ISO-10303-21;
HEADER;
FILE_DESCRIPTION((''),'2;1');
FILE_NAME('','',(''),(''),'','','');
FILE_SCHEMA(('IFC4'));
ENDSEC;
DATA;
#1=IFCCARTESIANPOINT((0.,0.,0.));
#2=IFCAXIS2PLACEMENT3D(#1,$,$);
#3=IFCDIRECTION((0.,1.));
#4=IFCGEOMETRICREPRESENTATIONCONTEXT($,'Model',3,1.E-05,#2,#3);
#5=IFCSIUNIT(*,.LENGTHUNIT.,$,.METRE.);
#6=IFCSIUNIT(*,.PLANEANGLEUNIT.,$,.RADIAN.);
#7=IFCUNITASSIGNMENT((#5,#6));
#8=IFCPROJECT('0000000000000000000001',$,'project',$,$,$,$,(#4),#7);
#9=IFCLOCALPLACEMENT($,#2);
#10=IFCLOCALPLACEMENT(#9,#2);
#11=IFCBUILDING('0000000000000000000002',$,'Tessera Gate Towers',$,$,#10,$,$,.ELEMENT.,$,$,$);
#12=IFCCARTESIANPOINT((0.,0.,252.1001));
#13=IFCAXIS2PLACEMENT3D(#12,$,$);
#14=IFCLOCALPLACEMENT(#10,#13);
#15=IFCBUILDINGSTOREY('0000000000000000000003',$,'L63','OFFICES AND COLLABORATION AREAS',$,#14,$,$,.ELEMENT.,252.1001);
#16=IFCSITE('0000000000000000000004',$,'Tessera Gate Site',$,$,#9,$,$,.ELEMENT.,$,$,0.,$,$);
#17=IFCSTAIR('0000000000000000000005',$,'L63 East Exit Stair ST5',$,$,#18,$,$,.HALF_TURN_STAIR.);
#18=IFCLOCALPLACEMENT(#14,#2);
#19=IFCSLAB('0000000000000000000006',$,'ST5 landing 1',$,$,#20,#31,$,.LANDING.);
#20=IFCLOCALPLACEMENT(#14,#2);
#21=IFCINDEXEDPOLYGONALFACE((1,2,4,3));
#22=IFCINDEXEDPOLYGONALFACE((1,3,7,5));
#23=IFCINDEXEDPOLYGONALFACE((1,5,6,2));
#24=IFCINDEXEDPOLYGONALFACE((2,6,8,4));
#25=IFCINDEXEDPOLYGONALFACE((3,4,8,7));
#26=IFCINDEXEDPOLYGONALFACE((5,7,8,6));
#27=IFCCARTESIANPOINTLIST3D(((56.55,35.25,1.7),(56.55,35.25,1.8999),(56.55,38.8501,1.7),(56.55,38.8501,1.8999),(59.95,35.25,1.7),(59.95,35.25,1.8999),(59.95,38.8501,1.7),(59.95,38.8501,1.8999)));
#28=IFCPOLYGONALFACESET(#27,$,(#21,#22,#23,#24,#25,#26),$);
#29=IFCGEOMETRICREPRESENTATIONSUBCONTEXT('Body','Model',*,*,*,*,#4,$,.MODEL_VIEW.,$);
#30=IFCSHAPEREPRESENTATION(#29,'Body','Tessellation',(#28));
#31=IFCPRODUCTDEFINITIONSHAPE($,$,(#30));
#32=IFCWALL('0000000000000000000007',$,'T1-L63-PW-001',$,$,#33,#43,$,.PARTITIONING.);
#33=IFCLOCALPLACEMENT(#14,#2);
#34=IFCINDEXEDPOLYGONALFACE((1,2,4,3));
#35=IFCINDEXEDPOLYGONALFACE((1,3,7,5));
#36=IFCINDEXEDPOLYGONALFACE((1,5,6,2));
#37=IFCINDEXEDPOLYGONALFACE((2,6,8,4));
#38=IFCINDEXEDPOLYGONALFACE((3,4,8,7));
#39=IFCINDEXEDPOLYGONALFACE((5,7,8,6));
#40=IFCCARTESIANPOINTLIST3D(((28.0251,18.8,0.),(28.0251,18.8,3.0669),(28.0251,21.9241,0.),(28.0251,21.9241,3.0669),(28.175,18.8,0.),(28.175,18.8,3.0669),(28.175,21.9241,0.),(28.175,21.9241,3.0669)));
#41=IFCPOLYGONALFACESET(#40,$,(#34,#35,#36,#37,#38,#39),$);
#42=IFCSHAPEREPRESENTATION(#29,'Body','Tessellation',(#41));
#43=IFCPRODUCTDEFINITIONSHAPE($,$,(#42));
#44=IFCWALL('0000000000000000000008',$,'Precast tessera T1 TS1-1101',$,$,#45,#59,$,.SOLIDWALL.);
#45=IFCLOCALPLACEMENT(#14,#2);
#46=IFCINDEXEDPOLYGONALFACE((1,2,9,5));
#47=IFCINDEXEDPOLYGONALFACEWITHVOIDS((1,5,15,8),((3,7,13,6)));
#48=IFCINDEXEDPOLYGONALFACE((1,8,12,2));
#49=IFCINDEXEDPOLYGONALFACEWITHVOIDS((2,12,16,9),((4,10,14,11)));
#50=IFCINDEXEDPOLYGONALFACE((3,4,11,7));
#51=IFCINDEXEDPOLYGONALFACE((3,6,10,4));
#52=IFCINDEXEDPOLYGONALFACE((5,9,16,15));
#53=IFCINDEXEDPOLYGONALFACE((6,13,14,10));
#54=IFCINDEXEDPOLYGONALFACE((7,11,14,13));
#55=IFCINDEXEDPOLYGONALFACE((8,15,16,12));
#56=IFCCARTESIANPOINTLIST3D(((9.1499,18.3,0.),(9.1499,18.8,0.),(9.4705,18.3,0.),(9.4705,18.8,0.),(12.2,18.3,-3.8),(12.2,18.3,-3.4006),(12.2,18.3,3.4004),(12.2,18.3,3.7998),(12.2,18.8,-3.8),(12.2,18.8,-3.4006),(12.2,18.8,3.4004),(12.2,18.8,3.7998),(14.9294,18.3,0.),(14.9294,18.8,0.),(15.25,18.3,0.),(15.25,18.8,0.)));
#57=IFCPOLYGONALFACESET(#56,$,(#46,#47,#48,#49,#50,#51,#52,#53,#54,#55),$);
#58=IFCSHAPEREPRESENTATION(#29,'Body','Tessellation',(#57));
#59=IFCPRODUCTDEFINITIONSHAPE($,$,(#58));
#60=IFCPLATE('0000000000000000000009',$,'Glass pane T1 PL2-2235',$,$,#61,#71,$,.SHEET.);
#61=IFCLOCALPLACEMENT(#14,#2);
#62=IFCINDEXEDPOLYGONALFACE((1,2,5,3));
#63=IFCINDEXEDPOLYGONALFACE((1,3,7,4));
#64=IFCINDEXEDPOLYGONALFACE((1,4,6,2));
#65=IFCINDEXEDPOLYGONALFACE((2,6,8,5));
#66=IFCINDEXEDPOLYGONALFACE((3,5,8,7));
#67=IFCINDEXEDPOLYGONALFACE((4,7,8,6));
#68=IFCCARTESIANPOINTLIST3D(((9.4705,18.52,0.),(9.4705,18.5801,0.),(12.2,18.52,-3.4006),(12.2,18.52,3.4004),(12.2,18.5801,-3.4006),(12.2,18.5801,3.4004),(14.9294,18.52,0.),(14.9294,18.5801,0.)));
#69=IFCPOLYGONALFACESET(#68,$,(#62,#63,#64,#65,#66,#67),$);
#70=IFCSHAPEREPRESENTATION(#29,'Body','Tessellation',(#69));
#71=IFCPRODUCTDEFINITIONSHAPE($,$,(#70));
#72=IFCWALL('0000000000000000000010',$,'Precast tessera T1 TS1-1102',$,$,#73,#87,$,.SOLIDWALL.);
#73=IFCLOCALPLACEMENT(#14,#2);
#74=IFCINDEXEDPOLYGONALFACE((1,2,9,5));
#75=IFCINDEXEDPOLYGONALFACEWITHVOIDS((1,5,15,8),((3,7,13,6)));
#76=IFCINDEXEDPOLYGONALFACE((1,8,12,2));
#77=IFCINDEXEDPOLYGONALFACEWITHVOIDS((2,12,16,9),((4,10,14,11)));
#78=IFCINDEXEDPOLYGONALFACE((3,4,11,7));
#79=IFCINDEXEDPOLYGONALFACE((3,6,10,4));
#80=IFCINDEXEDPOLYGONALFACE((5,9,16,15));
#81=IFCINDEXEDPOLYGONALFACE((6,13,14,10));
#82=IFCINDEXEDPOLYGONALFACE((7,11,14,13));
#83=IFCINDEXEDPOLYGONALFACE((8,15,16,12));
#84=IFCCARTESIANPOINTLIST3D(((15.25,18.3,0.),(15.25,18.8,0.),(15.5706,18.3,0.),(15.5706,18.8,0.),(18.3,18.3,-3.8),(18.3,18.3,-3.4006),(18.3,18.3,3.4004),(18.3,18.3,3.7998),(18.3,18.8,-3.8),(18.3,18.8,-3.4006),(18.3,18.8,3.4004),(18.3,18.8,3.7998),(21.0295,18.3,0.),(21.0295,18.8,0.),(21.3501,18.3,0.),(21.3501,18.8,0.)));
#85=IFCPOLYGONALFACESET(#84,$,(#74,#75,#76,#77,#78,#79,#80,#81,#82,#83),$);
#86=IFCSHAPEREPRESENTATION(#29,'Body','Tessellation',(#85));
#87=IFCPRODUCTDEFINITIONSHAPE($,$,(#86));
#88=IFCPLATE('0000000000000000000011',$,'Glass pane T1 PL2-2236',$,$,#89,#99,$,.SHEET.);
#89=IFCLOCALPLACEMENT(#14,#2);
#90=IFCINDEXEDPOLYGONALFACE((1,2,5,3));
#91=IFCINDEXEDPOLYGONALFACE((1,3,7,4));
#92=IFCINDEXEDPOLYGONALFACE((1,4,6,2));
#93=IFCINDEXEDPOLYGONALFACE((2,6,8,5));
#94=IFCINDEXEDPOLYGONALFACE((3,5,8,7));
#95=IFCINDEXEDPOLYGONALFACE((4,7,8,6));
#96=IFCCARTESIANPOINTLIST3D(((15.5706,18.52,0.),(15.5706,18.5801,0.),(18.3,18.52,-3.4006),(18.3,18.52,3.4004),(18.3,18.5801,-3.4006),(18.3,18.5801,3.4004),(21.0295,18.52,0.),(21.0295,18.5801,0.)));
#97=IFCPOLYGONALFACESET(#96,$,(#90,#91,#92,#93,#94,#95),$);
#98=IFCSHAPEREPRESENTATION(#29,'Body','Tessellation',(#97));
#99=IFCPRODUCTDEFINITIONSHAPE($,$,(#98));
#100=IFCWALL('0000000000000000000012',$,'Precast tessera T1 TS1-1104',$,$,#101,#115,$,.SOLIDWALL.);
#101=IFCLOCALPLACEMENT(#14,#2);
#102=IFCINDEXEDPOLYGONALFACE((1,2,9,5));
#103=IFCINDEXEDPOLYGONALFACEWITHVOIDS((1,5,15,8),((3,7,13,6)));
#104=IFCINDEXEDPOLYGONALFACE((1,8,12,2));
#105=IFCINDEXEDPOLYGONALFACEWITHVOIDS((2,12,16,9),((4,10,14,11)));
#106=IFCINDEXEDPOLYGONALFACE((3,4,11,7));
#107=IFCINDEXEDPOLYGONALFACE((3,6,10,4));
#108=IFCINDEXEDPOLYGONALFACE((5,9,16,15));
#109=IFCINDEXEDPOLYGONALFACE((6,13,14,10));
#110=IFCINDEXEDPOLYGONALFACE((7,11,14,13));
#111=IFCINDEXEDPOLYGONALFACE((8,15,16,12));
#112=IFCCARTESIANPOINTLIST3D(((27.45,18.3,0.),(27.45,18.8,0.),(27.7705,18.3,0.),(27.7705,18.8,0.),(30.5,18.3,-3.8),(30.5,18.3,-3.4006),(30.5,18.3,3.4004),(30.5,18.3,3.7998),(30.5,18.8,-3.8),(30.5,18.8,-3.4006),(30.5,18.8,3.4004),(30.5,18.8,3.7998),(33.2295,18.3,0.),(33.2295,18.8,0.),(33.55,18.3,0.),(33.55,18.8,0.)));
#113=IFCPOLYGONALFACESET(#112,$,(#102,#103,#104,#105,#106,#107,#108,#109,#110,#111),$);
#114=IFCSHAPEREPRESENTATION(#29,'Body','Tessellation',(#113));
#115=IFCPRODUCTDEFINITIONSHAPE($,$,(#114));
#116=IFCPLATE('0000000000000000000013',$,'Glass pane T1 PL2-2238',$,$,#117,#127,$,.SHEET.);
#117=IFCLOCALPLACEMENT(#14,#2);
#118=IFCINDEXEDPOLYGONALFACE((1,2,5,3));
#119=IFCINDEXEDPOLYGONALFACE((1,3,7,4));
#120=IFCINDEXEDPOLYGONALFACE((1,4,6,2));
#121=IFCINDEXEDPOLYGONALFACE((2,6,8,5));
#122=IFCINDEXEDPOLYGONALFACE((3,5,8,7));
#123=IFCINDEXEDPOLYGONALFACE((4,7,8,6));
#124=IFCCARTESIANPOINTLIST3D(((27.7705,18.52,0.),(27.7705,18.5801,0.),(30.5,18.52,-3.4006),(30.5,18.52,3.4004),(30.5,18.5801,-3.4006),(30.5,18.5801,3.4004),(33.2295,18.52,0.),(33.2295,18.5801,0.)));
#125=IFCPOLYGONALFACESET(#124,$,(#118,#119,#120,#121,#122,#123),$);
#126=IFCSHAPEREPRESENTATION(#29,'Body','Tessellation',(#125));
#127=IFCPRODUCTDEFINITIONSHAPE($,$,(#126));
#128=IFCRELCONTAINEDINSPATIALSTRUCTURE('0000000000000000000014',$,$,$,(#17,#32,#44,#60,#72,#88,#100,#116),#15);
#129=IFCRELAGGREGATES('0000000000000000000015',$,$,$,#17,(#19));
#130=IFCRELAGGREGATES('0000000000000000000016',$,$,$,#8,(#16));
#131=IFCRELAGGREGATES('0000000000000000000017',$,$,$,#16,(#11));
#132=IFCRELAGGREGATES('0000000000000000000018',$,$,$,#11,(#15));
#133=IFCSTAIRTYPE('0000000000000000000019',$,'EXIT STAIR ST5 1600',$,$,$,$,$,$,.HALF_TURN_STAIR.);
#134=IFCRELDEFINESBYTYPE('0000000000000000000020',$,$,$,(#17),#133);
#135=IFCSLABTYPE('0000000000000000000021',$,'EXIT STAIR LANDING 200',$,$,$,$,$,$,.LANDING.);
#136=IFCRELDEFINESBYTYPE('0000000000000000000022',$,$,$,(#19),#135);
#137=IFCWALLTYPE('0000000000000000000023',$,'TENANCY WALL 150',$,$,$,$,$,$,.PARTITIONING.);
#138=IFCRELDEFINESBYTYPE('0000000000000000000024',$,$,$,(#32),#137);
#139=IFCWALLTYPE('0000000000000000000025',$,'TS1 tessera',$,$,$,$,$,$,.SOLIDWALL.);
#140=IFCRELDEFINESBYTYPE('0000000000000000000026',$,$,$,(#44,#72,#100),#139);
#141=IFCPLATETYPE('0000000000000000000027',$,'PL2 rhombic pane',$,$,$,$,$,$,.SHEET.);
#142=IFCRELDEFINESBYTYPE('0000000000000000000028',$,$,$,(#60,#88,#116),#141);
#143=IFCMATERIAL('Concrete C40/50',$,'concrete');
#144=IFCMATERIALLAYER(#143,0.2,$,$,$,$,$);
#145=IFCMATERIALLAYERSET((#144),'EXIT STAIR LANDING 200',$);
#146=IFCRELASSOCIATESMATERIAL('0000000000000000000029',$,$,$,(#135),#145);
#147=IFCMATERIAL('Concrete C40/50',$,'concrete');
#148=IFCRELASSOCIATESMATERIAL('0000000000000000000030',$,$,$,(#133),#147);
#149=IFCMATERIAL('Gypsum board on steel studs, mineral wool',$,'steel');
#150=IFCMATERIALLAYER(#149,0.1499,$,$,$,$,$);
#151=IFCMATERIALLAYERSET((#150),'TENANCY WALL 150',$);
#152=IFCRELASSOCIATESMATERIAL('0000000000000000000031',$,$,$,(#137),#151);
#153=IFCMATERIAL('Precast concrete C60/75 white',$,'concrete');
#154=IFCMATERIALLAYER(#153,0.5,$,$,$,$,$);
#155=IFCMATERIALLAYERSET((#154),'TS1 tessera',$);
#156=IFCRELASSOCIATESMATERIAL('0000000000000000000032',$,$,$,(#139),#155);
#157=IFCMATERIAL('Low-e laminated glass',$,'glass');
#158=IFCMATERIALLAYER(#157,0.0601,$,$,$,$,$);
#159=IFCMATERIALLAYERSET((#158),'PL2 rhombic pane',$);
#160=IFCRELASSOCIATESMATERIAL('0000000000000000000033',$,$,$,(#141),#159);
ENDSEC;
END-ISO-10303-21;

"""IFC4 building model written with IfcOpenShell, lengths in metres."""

from ifc_helpers import new_model, si_unit, direction, frame, frame_2d, origin, place, context, subcontext, project, spatial, polyline, rectangle, outline, extrude, source, transform, mapped, material, layer, layer_set, type_object, element, fill, aggregate, save


model = new_model("IFC4")

# Units and contexts
model_context = context("Model", 3, precision=1e-05, world=origin(), true_north=direction((0.0, 1.0)))
body_context = subcontext(model_context, "Body", "Model", "MODEL_VIEW")
ifc_project = project(units=[si_unit("LENGTHUNIT", "METRE"), si_unit("PLANEANGLEUNIT", "RADIAN")], contexts=[model_context])

# Site, building, storey
site_placement = place(None, origin())
site = spatial("IfcSite", under=ifc_project, at=site_placement, Name="Tessera Gate Site", CompositionType="ELEMENT", RefElevation=0.0)
building_placement = place(site_placement, origin())
building = spatial("IfcBuilding", under=site, at=building_placement, Name="Tessera Gate Towers", CompositionType="ELEMENT")
storey_placement = place(building_placement, frame((0.0, 0.0, 252.1001)))
storey = spatial("IfcBuildingStorey", under=building, at=storey_placement, Name="L63", Description="OFFICES AND COLLABORATION AREAS", CompositionType="ELEMENT", Elevation=252.1001)

# Stair, slab
ifc_material_1 = material(Name="Concrete C40/50", Category="concrete")
ifc_layer_1 = layer(ifc_material_1, 0.2)
ifc_layer_set_1 = layer_set([ifc_layer_1], Name="EXIT STAIR LANDING 200")
slab_type_1 = type_object("IfcSlabType", Name="EXIT STAIR LANDING 200", PredefinedType="LANDING", material=ifc_layer_set_1)
ifc_material_2 = material(Name="Concrete C40/50", Category="concrete")
stair_type_1 = type_object("IfcStairType", Name="EXIT STAIR ST5 1600", PredefinedType="HALF_TURN_STAIR", material=ifc_material_2)
stair_1_placement = place(storey_placement, origin())
stair_1 = element("IfcStair", 1, at=stair_1_placement, inside=storey, type_object=stair_type_1, Name="L63 East Exit Stair ST5", PredefinedType="HALF_TURN_STAIR")
slab_1_placement = place(storey_placement, frame((0.0, 0.0, 1.7)))
slab_1 = element("IfcSlab", 2, at=slab_1_placement, type_object=slab_type_1, Name="ST5 landing 1", PredefinedType="LANDING", context=body_context, shape_type="SweptSolid", body=[
    extrude(outline(polyline([(59.95, 35.25), (59.95, 38.8501), (56.55, 38.8501), (56.55, 35.25), (59.95, 35.25)])), origin(), (0.0, 0.0, 1.0), 0.2),
])
aggregate(stair_1, [slab_1])

# Wall
ifc_material_3 = material(Name="Gypsum board on steel studs, mineral wool", Category="steel")
ifc_layer_2 = layer(ifc_material_3, 0.1499)
ifc_layer_set_2 = layer_set([ifc_layer_2], Name="TENANCY WALL 150")
wall_type_1 = type_object("IfcWallType", Name="TENANCY WALL 150", PredefinedType="PARTITIONING", material=ifc_layer_set_2)
wall_1_placement = place(storey_placement, frame((28.1001, 18.8, 0.0), z_axis=(0.0, 0.0, 1.0), x_axis=(0.0, 1.0, 0.0)))
element("IfcWall", 3, at=wall_1_placement, inside=storey, type_object=wall_type_1, Name="T1-L63-PW-001", PredefinedType="PARTITIONING", context=body_context, shape_type="SweptSolid", body=[
    extrude(rectangle(XDim=3.124, YDim=0.1499, at=frame_2d((1.562, 0.0))), origin(), (0.0, 0.0, 1.0), 3.0669),
])

# Walls, openings, plates
ifc_material_4 = material(Name="Precast concrete C60/75 white", Category="concrete")
ifc_layer_3 = layer(ifc_material_4, 0.5)
ifc_layer_set_3 = layer_set([ifc_layer_3], Name="TS1 tessera")
wall_type_2 = type_object("IfcWallType", Name="TS1 tessera", PredefinedType="SOLIDWALL", material=ifc_layer_set_3)
shared_shape_1 = source(origin(), body_context, "Body", "SweptSolid", [
    extrude(outline(polyline([(3.05, 0.0), (6.1001, 3.8), (3.05, 7.5999), (0.0, 3.8), (3.05, 0.0)])), frame((0.0, 0.25, 0.0), z_axis=(0.0, -1.0, 0.0), x_axis=(1.0, 0.0, 0.0)), (0.0, 0.0, 1.0), 0.5),
])
wall_2_placement = place(storey_placement, frame((9.1499, 18.55, -3.8), z_axis=(0.0, 0.0, 1.0), x_axis=(1.0, 0.0, 0.0)))
wall_2 = element("IfcWall", 4, at=wall_2_placement, inside=storey, type_object=wall_type_2, Name="Precast tessera T1 TS1-1101", PredefinedType="SOLIDWALL", context=body_context, shape_type="MappedRepresentation", body=[
    mapped(shared_shape_1, transform((0.0, 0.0, 0.0), scale=1.0)),
])
shared_shape_2 = source(origin(), body_context, "Body", "SweptSolid", [
    extrude(outline(polyline([(3.05, 0.3994), (5.7795, 3.8), (3.05, 7.2004), (0.3206, 3.8), (3.05, 0.3994)])), frame((0.0, 0.26, 0.0), z_axis=(0.0, -1.0, 0.0), x_axis=(1.0, 0.0, 0.0)), (0.0, 0.0, 1.0), 0.52),
])
opening_1_placement = place(wall_2_placement, origin())
opening_1 = element("IfcOpeningElement", 5, at=opening_1_placement, cuts=wall_2, PredefinedType="OPENING", context=body_context, shape_type="MappedRepresentation", body=[
    mapped(shared_shape_2, transform((0.0, 0.0, 0.0), scale=1.0)),
])
ifc_material_5 = material(Name="Low-e laminated glass", Category="glass")
ifc_layer_4 = layer(ifc_material_5, 0.0601)
ifc_layer_set_4 = layer_set([ifc_layer_4], Name="PL2 rhombic pane")
plate_type = type_object("IfcPlateType", Name="PL2 rhombic pane", PredefinedType="SHEET", material=ifc_layer_set_4)
shared_shape_3 = source(origin(), body_context, "Body", "SweptSolid", [
    extrude(outline(polyline([(3.05, 0.3994), (5.7795, 3.8), (3.05, 7.2004), (0.3206, 3.8), (3.05, 0.3994)])), frame((0.0, 0.03, 0.0), z_axis=(0.0, -1.0, 0.0), x_axis=(1.0, 0.0, 0.0)), (0.0, 0.0, 1.0), 0.0601),
])
plate_1_placement = place(opening_1_placement, origin())
plate_1 = element("IfcPlate", 6, at=plate_1_placement, inside=storey, type_object=plate_type, Name="Glass pane T1 PL2-2235", PredefinedType="SHEET", context=body_context, shape_type="MappedRepresentation", body=[
    mapped(shared_shape_3, transform((0.0, 0.0, 0.0), scale=1.0)),
])
fill(opening_1, plate_1)
wall_3_placement = place(storey_placement, frame((15.25, 18.55, -3.8), z_axis=(0.0, 0.0, 1.0), x_axis=(1.0, 0.0, 0.0)))
wall_3 = element("IfcWall", 7, at=wall_3_placement, inside=storey, type_object=wall_type_2, Name="Precast tessera T1 TS1-1102", PredefinedType="SOLIDWALL", context=body_context, shape_type="MappedRepresentation", body=[
    mapped(shared_shape_1, transform((0.0, 0.0, 0.0), scale=1.0)),
])
opening_2_placement = place(wall_3_placement, origin())
opening_2 = element("IfcOpeningElement", 8, at=opening_2_placement, cuts=wall_3, PredefinedType="OPENING", context=body_context, shape_type="MappedRepresentation", body=[
    mapped(shared_shape_2, transform((0.0, 0.0, 0.0), scale=1.0)),
])
plate_2_placement = place(opening_2_placement, origin())
plate_2 = element("IfcPlate", 9, at=plate_2_placement, inside=storey, type_object=plate_type, Name="Glass pane T1 PL2-2236", PredefinedType="SHEET", context=body_context, shape_type="MappedRepresentation", body=[
    mapped(shared_shape_3, transform((0.0, 0.0, 0.0), scale=1.0)),
])
fill(opening_2, plate_2)
wall_4_placement = place(storey_placement, frame((27.45, 18.55, -3.8), z_axis=(0.0, 0.0, 1.0), x_axis=(1.0, 0.0, 0.0)))
wall_4 = element("IfcWall", 10, at=wall_4_placement, inside=storey, type_object=wall_type_2, Name="Precast tessera T1 TS1-1104", PredefinedType="SOLIDWALL", context=body_context, shape_type="MappedRepresentation", body=[
    mapped(shared_shape_1, transform((0.0, 0.0, 0.0), scale=1.0)),
])
opening_3_placement = place(wall_4_placement, origin())
opening_3 = element("IfcOpeningElement", 11, at=opening_3_placement, cuts=wall_4, PredefinedType="OPENING", context=body_context, shape_type="MappedRepresentation", body=[
    mapped(shared_shape_2, transform((0.0, 0.0, 0.0), scale=1.0)),
])
plate_3_placement = place(opening_3_placement, origin())
plate_3 = element("IfcPlate", 12, at=plate_3_placement, inside=storey, type_object=plate_type, Name="Glass pane T1 PL2-2238", PredefinedType="SHEET", context=body_context, shape_type="MappedRepresentation", body=[
    mapped(shared_shape_3, transform((0.0, 0.0, 0.0), scale=1.0)),
])
fill(opening_3, plate_3)

save(model, "model.ifc")
